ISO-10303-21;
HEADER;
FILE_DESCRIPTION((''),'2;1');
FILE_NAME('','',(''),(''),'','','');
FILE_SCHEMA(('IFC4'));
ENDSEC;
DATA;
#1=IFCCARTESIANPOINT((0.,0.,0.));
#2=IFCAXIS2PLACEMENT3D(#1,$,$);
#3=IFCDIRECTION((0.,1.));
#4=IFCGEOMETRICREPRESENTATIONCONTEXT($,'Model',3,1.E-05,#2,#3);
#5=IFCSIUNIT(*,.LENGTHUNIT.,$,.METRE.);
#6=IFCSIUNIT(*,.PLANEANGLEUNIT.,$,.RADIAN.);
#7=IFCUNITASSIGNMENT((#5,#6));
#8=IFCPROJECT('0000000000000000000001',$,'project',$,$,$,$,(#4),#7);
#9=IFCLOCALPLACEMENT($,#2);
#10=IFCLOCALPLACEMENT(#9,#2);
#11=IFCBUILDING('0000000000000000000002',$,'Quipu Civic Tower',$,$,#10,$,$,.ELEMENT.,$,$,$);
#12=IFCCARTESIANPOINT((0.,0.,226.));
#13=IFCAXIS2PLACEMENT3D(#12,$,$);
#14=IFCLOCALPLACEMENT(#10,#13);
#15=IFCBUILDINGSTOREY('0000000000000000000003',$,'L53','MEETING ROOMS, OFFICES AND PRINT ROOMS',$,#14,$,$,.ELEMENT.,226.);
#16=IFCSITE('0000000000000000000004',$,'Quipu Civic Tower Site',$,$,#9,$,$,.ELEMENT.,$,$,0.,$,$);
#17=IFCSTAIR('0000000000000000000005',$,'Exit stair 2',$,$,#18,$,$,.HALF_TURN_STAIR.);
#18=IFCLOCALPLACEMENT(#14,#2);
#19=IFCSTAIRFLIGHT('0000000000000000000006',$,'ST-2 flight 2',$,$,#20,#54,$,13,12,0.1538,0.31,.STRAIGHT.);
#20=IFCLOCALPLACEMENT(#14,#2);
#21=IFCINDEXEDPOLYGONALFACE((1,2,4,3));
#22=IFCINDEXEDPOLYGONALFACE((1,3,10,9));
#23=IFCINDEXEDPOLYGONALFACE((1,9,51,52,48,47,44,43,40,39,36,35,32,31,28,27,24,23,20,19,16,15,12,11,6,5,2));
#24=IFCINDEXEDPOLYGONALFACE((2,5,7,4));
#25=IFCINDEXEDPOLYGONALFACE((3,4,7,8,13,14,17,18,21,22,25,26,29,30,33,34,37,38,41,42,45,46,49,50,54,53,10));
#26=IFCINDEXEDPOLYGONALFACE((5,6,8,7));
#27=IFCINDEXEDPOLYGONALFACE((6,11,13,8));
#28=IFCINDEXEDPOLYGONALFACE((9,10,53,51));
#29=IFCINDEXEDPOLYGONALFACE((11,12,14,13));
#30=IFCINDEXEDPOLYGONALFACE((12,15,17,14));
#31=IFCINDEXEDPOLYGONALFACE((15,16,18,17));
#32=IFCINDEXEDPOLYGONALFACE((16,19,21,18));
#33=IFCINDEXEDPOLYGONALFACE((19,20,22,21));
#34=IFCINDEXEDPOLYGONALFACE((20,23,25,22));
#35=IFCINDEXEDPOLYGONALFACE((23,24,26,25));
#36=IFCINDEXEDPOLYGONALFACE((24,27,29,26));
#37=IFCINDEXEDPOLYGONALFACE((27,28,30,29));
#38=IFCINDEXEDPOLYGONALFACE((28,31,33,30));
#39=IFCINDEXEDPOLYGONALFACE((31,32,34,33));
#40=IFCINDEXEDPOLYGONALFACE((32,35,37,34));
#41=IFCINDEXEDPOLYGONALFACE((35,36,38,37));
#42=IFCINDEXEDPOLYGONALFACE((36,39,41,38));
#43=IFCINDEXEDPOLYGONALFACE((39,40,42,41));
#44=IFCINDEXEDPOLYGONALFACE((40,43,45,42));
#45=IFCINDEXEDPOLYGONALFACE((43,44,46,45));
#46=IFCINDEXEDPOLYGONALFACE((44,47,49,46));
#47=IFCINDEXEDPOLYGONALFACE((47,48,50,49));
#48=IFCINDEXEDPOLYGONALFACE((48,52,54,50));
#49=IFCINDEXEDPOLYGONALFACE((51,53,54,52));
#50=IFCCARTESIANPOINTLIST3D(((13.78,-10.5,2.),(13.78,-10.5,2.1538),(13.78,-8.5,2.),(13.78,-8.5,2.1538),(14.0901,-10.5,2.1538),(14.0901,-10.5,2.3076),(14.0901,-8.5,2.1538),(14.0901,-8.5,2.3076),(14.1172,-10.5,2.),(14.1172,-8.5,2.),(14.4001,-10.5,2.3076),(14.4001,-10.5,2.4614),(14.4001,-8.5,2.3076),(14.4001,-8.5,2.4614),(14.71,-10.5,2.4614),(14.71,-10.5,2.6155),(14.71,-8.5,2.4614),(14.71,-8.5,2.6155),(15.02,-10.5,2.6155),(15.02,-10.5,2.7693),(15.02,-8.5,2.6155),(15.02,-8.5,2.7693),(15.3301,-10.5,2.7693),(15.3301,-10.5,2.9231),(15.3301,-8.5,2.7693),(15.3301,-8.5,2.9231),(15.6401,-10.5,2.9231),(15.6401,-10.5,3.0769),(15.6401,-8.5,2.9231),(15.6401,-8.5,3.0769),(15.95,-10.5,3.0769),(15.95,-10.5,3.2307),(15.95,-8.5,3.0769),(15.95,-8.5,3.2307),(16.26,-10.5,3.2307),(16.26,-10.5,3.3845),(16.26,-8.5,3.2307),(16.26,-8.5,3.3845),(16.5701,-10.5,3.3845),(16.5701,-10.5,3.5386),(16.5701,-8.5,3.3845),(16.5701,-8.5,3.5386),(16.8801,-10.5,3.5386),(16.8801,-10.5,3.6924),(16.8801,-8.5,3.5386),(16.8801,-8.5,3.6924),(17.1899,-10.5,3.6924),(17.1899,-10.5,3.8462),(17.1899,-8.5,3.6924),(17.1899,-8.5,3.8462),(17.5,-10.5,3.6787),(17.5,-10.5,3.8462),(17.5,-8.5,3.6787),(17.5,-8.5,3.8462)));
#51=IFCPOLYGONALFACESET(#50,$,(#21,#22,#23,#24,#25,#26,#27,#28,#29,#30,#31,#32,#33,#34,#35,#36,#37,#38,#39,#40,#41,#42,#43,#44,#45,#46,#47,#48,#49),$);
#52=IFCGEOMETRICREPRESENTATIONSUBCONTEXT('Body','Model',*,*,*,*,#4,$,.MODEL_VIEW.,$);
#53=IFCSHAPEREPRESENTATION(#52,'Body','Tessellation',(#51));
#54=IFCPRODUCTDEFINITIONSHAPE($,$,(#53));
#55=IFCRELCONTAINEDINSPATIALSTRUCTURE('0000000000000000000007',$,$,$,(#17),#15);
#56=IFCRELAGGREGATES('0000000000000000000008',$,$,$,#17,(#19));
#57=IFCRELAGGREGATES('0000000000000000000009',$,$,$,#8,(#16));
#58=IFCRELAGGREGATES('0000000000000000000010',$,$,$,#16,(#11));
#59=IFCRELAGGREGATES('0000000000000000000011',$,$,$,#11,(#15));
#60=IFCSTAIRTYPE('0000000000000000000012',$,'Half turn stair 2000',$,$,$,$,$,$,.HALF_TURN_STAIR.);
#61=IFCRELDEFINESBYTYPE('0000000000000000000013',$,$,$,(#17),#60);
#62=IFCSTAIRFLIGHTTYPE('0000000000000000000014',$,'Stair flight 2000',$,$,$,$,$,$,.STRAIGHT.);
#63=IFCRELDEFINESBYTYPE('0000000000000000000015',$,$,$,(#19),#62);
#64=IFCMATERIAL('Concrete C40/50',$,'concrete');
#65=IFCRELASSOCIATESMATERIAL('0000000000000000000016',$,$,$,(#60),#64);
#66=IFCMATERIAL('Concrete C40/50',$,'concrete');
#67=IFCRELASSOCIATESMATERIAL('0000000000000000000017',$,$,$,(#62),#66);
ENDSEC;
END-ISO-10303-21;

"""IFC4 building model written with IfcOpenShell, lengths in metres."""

from ifc_helpers import new_model, si_unit, direction, frame, origin, place, context, subcontext, project, spatial, polyline, outline, extrude, material, type_object, element, aggregate, save


model = new_model("IFC4")

# Units and contexts
model_context = context("Model", 3, precision=1e-05, world=origin(), true_north=direction((0.0, 1.0)))
body_context = subcontext(model_context, "Body", "Model", "MODEL_VIEW")
ifc_project = project(units=[si_unit("LENGTHUNIT", "METRE"), si_unit("PLANEANGLEUNIT", "RADIAN")], contexts=[model_context])

# Site, building, storey
site_placement = place(None, origin())
site = spatial("IfcSite", under=ifc_project, at=site_placement, Name="Quipu Civic Tower Site", CompositionType="ELEMENT", RefElevation=0.0)
building_placement = place(site_placement, origin())
building = spatial("IfcBuilding", under=site, at=building_placement, Name="Quipu Civic Tower", CompositionType="ELEMENT")
storey_placement = place(building_placement, frame((0.0, 0.0, 226.0)))
storey = spatial("IfcBuildingStorey", under=building, at=storey_placement, Name="L53", Description="MEETING ROOMS, OFFICES AND PRINT ROOMS", CompositionType="ELEMENT", Elevation=226.0)

# Stair, stair flight
ifc_material_1 = material(Name="Concrete C40/50", Category="concrete")
stair_type = type_object("IfcStairType", Name="Half turn stair 2000", PredefinedType="HALF_TURN_STAIR", material=ifc_material_1)
stair_placement = place(storey_placement, origin())
stair = element("IfcStair", 1, at=stair_placement, inside=storey, type_object=stair_type, Name="Exit stair 2", PredefinedType="HALF_TURN_STAIR")
ifc_material_2 = material(Name="Concrete C40/50", Category="concrete")
stair_flight_type = type_object("IfcStairFlightType", Name="Stair flight 2000", PredefinedType="STRAIGHT", material=ifc_material_2)
stair_flight_1_placement = place(storey_placement, frame((13.78, -9.5, 2.0), z_axis=(0.0, 0.0, 1.0), x_axis=(1.0, 0.0, 0.0)))
stair_flight_1 = element("IfcStairFlight", 2, at=stair_flight_1_placement, type_object=stair_flight_type, Name="ST-2 flight 2", NumberOfRisers=13, NumberOfTreads=12, PredefinedType="STRAIGHT", RiserHeight=0.1538, TreadLength=0.31, context=body_context, shape_type="SweptSolid", body=[
    extrude(outline(polyline([(0.0, 0.0), (0.0, 0.1538), (0.3101, 0.1538), (0.3101, 0.3076), (0.6201, 0.3076), (0.6201, 0.4614), (0.9299, 0.4614), (0.9299, 0.6155), (1.24, 0.6155), (1.24, 0.7693), (1.55, 0.7693), (1.55, 0.9231), (1.8601, 0.9231), (1.8601, 1.0769), (2.1699, 1.0769), (2.1699, 1.2307), (2.48, 1.2307), (2.48, 1.3845), (2.79, 1.3845), (2.79, 1.5386), (3.1001, 1.5386), (3.1001, 1.6924), (3.4099, 1.6924), (3.4099, 1.8462), (3.72, 1.8462), (3.72, 2.0), (3.72, 1.6787), (0.3372, 0.0), (0.0, 0.0)])), frame((0.0, 1.0, 0.0), z_axis=(0.0, -1.0, 0.0), x_axis=(1.0, 0.0, 0.0)), (0.0, 0.0, 1.0), 2.0),
])
aggregate(stair, [stair_flight_1])

save(model, "model.ifc")
